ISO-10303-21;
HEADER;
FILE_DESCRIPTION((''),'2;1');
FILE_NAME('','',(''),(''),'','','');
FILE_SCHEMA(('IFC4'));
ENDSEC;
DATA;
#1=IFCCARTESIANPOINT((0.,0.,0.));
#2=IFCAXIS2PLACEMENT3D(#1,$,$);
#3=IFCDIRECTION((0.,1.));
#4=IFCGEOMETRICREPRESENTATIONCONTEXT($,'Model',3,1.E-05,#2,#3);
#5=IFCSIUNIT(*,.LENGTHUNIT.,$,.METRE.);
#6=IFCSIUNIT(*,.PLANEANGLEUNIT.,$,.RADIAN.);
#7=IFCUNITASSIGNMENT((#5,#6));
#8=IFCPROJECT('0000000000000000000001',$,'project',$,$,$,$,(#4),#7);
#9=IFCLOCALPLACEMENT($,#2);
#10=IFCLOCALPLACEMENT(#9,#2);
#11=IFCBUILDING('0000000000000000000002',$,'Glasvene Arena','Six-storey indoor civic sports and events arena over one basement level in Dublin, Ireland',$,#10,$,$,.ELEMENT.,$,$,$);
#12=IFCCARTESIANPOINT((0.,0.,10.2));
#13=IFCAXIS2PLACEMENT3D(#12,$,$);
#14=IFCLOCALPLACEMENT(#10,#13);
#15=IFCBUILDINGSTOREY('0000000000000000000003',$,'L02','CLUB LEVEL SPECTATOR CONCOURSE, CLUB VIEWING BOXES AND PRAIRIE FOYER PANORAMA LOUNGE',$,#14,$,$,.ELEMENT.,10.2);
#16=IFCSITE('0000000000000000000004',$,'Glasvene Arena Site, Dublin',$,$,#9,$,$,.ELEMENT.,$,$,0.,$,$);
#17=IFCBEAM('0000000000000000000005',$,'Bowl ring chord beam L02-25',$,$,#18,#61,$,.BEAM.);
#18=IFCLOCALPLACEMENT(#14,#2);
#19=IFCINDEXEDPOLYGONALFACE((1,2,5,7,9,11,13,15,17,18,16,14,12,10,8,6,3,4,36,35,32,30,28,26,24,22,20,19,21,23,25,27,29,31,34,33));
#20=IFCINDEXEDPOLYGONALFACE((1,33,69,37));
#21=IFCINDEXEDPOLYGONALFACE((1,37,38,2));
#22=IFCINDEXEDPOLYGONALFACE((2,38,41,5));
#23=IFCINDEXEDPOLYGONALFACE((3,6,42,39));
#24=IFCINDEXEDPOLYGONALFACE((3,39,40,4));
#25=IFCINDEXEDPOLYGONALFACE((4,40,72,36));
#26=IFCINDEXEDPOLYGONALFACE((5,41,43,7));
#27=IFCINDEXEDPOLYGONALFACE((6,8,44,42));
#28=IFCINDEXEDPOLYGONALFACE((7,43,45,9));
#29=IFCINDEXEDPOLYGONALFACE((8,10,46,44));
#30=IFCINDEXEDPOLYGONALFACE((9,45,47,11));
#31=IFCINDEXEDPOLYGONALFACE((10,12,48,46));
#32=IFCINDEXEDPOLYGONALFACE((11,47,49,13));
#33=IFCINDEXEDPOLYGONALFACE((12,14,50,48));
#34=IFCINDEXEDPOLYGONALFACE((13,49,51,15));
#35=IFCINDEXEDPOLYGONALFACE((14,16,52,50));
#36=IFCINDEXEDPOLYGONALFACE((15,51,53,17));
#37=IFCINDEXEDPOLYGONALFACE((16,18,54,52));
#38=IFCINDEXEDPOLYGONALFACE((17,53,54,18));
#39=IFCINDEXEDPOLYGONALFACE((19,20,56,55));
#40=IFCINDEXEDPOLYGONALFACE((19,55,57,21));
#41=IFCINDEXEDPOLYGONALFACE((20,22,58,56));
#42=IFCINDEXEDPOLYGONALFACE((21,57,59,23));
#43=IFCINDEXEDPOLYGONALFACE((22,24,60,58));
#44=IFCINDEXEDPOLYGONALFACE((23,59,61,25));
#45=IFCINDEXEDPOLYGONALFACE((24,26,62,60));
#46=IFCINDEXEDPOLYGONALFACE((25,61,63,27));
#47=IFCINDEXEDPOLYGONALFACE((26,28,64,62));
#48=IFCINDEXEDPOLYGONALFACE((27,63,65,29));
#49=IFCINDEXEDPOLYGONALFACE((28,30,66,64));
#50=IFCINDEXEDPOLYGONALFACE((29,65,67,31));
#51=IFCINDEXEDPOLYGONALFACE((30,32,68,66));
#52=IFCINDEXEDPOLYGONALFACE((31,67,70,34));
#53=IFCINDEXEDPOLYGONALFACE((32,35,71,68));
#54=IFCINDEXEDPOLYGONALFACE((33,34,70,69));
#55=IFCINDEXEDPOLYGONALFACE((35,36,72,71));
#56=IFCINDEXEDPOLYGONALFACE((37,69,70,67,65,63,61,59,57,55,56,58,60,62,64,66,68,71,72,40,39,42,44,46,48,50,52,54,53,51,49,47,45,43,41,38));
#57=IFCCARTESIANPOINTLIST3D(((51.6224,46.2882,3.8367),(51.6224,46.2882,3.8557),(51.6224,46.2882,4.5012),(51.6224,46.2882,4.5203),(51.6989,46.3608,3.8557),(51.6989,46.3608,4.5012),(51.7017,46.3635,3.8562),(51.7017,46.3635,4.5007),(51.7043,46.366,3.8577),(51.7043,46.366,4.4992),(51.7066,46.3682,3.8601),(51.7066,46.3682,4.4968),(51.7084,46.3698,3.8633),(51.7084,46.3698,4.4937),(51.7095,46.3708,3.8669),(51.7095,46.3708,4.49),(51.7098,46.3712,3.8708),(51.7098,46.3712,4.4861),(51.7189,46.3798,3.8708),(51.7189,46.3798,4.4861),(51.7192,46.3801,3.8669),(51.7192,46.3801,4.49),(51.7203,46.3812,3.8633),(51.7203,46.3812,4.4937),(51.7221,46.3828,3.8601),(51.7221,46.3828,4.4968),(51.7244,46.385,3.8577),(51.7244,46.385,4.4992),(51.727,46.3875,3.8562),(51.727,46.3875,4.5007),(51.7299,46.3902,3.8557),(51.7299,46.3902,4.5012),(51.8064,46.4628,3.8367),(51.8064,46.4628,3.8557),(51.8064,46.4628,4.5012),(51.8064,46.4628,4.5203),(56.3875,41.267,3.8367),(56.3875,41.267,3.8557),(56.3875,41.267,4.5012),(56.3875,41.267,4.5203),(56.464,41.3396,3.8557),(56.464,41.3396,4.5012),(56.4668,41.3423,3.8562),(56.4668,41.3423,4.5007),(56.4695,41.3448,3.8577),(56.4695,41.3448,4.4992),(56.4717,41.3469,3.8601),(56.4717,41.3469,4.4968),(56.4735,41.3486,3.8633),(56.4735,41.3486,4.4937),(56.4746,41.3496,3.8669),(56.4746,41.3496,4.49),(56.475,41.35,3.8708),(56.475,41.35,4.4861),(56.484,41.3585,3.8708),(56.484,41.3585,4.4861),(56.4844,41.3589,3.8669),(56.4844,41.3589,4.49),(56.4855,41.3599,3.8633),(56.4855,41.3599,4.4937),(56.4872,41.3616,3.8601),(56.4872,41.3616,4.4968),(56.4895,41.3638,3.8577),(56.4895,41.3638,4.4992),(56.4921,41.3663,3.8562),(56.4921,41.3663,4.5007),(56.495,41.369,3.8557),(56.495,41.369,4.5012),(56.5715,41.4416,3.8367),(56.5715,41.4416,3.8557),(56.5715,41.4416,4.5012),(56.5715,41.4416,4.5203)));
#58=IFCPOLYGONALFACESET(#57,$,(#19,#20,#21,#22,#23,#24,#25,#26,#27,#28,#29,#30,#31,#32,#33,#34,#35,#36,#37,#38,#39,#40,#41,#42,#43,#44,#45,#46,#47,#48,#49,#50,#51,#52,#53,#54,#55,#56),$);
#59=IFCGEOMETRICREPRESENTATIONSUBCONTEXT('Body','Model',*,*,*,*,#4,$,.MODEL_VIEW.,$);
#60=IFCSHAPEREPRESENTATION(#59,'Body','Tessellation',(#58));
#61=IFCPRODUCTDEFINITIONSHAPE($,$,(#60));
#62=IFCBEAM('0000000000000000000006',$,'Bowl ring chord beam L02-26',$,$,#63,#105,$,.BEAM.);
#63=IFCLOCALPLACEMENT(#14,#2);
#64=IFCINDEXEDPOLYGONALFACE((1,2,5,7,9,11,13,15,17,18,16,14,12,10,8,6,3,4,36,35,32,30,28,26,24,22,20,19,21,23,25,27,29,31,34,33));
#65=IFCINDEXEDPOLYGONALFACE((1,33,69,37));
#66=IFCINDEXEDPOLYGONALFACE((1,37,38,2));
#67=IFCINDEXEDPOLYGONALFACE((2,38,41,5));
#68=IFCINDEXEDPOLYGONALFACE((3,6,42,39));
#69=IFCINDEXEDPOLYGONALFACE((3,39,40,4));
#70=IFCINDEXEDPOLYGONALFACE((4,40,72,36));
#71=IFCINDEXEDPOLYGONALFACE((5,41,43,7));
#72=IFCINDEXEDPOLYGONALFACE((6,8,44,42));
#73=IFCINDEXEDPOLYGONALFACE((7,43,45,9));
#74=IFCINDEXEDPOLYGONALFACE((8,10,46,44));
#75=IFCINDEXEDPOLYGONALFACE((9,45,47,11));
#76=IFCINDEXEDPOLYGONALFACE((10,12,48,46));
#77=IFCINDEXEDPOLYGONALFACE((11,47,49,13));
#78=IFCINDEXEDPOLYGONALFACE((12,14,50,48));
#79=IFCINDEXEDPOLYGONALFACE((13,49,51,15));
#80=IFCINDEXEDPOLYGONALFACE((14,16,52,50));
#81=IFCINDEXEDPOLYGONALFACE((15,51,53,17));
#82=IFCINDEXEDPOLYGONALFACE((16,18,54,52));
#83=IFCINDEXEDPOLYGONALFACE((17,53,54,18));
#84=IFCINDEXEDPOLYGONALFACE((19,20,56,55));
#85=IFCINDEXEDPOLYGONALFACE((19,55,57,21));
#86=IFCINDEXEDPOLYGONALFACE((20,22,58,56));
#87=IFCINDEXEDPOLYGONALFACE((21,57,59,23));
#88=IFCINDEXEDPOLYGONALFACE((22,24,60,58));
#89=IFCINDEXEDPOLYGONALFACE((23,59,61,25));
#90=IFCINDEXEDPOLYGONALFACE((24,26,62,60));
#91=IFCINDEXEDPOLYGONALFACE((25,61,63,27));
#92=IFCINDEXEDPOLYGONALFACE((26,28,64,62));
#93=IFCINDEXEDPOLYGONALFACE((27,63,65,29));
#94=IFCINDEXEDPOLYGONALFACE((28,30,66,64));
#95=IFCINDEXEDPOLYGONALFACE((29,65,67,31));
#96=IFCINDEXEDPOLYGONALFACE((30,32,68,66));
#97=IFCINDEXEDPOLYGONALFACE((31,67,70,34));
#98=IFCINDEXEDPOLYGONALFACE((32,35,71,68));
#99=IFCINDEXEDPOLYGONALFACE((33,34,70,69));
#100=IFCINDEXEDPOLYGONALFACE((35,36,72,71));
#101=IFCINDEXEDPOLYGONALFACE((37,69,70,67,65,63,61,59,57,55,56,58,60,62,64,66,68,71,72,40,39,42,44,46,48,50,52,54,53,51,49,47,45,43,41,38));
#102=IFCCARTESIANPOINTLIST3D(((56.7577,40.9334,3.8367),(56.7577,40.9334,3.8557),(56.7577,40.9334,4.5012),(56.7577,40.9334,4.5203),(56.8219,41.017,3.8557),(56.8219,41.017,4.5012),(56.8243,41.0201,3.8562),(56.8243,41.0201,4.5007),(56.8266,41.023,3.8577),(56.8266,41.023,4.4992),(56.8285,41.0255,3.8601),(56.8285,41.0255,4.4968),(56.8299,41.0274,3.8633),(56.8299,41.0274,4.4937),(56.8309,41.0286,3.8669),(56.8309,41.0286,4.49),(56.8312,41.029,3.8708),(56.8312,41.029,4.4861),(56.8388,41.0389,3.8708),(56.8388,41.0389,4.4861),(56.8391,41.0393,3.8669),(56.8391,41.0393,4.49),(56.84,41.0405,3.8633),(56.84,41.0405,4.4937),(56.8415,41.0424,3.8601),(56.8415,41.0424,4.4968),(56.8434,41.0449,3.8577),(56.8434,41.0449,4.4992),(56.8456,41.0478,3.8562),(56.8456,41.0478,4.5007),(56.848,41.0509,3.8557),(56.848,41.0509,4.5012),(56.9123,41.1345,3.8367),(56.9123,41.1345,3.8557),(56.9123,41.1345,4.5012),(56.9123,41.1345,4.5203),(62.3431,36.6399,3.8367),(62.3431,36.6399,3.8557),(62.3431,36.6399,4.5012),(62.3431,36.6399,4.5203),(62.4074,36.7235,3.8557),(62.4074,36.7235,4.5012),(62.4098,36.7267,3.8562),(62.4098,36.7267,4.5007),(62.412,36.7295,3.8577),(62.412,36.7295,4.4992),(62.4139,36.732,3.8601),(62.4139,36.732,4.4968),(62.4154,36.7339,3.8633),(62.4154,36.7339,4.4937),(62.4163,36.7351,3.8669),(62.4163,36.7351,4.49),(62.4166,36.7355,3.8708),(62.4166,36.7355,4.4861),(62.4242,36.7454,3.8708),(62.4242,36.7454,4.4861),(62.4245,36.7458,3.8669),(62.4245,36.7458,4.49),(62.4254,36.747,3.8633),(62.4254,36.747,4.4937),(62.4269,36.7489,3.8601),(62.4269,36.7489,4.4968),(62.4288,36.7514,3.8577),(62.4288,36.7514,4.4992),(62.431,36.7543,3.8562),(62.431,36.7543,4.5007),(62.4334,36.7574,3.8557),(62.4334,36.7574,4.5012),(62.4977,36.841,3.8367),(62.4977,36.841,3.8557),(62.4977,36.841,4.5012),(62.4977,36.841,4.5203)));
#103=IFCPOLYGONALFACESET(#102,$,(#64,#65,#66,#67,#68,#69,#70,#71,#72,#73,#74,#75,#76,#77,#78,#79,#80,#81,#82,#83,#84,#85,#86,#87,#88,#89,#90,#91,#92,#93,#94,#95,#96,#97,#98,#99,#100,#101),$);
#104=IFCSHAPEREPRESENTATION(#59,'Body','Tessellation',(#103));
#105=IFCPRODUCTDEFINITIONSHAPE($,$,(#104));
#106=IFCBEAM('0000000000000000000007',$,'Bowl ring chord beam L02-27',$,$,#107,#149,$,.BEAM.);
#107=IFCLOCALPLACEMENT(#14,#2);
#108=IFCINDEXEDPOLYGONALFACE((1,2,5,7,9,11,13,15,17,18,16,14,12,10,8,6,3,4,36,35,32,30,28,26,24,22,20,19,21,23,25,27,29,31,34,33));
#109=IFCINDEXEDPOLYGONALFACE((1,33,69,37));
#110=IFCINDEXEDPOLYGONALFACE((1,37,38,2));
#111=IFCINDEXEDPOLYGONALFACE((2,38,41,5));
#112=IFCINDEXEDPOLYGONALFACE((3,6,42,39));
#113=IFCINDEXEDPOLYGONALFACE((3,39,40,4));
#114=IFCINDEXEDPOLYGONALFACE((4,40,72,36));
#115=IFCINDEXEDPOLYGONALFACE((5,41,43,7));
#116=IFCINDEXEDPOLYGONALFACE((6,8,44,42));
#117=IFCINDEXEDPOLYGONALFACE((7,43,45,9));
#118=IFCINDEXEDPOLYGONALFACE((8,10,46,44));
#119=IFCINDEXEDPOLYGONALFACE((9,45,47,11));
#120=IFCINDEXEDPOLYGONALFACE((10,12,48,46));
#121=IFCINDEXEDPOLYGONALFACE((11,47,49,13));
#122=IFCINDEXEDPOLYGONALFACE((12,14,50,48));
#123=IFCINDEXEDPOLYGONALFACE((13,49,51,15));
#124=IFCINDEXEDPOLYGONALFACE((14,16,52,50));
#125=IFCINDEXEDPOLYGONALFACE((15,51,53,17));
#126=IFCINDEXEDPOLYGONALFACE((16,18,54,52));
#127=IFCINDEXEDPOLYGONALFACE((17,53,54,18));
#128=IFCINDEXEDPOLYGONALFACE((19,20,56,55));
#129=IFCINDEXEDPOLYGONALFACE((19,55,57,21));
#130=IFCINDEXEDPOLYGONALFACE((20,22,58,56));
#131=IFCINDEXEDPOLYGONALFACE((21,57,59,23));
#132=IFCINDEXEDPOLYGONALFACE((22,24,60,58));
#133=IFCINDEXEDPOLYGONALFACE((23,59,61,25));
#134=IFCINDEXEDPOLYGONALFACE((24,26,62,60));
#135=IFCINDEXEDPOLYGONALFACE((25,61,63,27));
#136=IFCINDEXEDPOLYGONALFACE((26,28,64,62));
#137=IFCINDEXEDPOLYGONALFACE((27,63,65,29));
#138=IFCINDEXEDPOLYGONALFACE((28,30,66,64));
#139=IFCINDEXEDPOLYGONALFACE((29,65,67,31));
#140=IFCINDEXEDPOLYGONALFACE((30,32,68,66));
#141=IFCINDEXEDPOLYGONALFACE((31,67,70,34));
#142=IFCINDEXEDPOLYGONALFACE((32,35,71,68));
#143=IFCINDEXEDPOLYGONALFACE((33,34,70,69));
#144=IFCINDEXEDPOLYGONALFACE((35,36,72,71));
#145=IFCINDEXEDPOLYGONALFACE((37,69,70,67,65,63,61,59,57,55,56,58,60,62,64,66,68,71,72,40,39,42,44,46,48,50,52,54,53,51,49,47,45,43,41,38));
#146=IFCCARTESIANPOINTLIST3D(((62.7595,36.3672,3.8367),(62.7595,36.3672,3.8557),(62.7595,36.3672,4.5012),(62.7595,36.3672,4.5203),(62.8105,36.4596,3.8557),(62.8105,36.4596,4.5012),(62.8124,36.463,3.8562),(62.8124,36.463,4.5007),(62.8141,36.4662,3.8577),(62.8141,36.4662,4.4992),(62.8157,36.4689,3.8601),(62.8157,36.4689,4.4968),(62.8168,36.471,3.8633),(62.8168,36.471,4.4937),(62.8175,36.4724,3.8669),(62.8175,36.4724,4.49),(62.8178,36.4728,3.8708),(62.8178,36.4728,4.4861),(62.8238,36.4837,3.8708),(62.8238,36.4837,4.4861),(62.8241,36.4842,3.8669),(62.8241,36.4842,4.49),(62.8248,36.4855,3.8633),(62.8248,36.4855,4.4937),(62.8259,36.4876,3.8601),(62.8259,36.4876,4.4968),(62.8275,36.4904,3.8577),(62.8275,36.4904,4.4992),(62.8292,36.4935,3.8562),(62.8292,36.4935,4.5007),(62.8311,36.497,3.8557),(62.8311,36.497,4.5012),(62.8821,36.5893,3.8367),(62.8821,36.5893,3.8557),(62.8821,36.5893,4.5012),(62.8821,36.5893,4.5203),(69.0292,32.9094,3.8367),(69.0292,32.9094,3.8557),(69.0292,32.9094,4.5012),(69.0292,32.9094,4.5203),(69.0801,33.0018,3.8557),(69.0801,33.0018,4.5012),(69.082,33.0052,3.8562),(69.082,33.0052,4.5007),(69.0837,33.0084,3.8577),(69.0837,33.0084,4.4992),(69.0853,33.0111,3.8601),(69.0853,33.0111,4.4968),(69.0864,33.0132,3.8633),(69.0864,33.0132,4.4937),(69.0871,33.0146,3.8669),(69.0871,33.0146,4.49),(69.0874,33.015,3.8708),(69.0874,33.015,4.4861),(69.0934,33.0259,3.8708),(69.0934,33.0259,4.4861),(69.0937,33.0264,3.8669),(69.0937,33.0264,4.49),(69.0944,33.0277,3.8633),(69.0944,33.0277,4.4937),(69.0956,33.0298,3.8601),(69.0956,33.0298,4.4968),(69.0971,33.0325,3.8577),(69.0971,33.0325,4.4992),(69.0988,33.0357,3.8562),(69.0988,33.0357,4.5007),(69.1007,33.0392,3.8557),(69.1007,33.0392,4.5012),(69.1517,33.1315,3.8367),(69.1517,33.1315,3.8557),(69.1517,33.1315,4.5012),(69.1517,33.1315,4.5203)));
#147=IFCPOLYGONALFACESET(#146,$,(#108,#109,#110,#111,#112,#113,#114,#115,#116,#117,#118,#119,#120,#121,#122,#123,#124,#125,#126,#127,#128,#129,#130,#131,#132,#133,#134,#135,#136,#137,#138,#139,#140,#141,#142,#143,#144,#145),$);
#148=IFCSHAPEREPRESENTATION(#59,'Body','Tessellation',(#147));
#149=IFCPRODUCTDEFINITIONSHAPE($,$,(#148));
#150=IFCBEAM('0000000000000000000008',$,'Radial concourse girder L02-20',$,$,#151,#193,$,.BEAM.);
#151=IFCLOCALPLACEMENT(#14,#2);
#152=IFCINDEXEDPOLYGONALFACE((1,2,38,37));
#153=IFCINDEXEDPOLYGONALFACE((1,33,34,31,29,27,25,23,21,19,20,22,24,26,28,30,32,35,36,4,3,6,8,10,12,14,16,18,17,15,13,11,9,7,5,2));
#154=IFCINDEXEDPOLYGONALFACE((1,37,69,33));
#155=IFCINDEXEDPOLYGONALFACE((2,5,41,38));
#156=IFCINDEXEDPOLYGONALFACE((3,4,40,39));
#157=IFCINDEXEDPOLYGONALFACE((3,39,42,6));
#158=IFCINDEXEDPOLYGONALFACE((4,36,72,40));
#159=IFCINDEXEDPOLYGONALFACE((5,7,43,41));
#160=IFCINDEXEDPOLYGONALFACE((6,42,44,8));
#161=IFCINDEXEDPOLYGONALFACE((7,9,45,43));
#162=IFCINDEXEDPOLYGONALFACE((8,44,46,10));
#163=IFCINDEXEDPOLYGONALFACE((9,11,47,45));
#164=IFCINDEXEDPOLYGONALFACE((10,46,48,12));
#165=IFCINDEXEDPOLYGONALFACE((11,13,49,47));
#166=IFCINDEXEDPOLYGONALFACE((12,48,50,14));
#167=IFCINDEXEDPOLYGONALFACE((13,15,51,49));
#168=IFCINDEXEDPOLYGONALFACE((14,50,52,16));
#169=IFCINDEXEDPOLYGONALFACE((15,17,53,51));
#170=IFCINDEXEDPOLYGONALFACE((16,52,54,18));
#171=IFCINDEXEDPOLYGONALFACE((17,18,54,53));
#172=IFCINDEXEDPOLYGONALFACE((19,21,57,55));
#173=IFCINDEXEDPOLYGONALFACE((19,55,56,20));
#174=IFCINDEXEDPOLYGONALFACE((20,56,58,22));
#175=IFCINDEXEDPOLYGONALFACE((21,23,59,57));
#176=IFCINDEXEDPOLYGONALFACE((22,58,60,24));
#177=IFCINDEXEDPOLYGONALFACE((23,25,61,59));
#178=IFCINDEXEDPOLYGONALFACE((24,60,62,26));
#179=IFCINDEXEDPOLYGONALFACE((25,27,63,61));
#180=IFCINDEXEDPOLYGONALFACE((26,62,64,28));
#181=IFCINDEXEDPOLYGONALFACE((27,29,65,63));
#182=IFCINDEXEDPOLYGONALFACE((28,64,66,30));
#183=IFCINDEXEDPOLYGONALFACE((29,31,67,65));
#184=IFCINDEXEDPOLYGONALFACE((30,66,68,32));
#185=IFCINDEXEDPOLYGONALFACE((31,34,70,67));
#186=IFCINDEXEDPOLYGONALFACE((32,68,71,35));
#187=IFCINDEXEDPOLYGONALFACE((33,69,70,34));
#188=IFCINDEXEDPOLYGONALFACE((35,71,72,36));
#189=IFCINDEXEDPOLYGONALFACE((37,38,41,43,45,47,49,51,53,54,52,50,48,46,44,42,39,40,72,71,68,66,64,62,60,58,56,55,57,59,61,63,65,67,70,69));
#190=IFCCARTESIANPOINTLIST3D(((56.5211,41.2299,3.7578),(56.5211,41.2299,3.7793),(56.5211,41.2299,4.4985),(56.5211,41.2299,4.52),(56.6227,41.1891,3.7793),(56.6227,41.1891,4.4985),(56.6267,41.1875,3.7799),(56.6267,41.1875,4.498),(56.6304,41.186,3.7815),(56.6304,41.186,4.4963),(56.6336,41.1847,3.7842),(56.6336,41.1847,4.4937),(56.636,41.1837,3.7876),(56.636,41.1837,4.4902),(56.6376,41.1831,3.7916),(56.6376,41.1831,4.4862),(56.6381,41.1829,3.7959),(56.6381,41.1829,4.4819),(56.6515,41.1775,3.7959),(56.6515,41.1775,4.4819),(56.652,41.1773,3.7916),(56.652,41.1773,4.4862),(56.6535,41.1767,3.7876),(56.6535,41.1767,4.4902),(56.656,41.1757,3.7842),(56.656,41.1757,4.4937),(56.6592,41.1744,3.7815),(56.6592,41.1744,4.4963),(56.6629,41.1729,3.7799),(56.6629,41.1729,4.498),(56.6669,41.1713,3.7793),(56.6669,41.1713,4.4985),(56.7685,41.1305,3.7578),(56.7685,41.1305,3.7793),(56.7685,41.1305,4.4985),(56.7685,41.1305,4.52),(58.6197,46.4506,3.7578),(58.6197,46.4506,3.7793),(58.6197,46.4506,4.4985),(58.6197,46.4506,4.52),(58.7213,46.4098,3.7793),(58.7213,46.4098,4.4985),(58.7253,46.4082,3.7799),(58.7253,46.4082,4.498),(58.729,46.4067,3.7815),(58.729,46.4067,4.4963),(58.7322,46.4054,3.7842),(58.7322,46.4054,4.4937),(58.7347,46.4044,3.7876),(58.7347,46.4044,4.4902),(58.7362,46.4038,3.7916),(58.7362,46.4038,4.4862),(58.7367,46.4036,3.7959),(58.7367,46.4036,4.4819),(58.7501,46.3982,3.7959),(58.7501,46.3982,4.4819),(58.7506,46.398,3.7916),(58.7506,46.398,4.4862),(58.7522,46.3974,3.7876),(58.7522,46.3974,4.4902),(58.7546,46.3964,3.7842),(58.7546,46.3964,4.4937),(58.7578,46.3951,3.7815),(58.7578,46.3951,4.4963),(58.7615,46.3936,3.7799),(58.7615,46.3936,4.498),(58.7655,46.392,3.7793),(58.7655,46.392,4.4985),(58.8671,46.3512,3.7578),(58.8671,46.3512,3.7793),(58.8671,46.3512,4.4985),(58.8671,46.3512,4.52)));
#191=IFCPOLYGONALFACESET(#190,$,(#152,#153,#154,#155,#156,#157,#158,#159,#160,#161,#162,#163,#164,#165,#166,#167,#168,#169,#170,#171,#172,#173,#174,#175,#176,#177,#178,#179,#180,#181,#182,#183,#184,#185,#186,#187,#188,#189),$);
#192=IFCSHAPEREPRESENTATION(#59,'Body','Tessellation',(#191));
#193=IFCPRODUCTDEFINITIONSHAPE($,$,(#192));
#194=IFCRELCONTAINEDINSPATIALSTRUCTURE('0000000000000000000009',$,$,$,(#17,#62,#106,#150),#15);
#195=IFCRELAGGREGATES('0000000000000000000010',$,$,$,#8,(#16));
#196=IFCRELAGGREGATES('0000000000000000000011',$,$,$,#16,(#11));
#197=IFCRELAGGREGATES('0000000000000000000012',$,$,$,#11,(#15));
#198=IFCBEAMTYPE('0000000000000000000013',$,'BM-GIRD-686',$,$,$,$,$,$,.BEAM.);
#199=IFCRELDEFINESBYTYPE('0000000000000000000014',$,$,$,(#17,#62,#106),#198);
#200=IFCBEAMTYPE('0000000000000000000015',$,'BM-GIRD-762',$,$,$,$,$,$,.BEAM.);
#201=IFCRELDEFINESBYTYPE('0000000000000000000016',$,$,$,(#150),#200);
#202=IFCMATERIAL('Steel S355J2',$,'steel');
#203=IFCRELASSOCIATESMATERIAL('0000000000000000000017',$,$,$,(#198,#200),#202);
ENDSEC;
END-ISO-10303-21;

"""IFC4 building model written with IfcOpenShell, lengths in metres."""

from ifc_helpers import new_model, si_unit, direction, frame, origin, origin_2d, place, context, subcontext, project, spatial, i_section, extrude, material, material_profile, profile_set, type_object, element, save


model = new_model("IFC4")

# Units and contexts
model_context = context("Model", 3, precision=1e-05, world=origin(), true_north=direction((0.0, 1.0)))
body_context = subcontext(model_context, "Body", "Model", "MODEL_VIEW")
ifc_project = project(units=[si_unit("LENGTHUNIT", "METRE"), si_unit("PLANEANGLEUNIT", "RADIAN")], contexts=[model_context])

# Site, building, storey
site_placement = place(None, origin())
site = spatial("IfcSite", under=ifc_project, at=site_placement, Name="Glasvene Arena Site, Dublin", CompositionType="ELEMENT", RefElevation=0.0)
building_placement = place(site_placement, origin())
building = spatial("IfcBuilding", under=site, at=building_placement, Name="Glasvene Arena", Description="Six-storey indoor civic sports and events arena over one basement level in Dublin, Ireland", CompositionType="ELEMENT")
storey_placement = place(building_placement, frame((0.0, 0.0, 10.2)))
storey = spatial("IfcBuildingStorey", under=building, at=storey_placement, Name="L02", Description="CLUB LEVEL SPECTATOR CONCOURSE, CLUB VIEWING BOXES AND PRAIRIE FOYER PANORAMA LOUNGE", CompositionType="ELEMENT", Elevation=10.2)

# Shared definitions
ifc_material_1 = material(Name="Steel S355J2", Category="steel")

# Beams
ifc_material_profile_1 = material_profile(ifc_material_1, i_section(OverallWidth=0.2537, OverallDepth=0.6836, WebThickness=0.0125, FlangeThickness=0.019, FilletRadius=0.0151, at=origin_2d()), Name="UKB 686x254x140")
ifc_profile_set_1 = profile_set([ifc_material_profile_1], Name="Steel S355J2")
beam_type_1 = type_object("IfcBeamType", Name="BM-GIRD-686", PredefinedType="BEAM", material=ifc_profile_set_1)
beam_1_placement = place(storey_placement, frame((51.7144, 46.3755, 4.1785), z_axis=(0.688367, -0.725363, 0.0), x_axis=(0.725363, 0.688367, 0.0)))
element("IfcBeam", 1, at=beam_1_placement, inside=storey, type_object=beam_type_1, Name="Bowl ring chord beam L02-25", PredefinedType="BEAM", context=body_context, shape_type="SweptSolid", body=[
    extrude(i_section(OverallWidth=0.2537, OverallDepth=0.6836, WebThickness=0.0125, FlangeThickness=0.019, FilletRadius=0.0151, at=origin_2d()), origin(), (0.0, 0.0, 1.0), 6.9224),
])
beam_2_placement = place(storey_placement, frame((56.835, 41.0339, 4.1785), z_axis=(0.792833, -0.609439, 0.0), x_axis=(0.609439, 0.792833, 0.0)))
element("IfcBeam", 2, at=beam_2_placement, inside=storey, type_object=beam_type_1, Name="Bowl ring chord beam L02-26", PredefinedType="BEAM", context=body_context, shape_type="SweptSolid", body=[
    extrude(i_section(OverallWidth=0.2537, OverallDepth=0.6836, WebThickness=0.0125, FlangeThickness=0.019, FilletRadius=0.0151, at=origin_2d()), origin(), (0.0, 0.0, 1.0), 7.0449),
])
beam_3_placement = place(storey_placement, frame((62.8208, 36.4783, 4.1785), z_axis=(0.875654, -0.482939, 0.0), x_axis=(0.482939, 0.875654, 0.0)))
element("IfcBeam", 3, at=beam_3_placement, inside=storey, type_object=beam_type_1, Name="Bowl ring chord beam L02-27", PredefinedType="BEAM", context=body_context, shape_type="SweptSolid", body=[
    extrude(i_section(OverallWidth=0.2537, OverallDepth=0.6836, WebThickness=0.0125, FlangeThickness=0.019, FilletRadius=0.0151, at=origin_2d()), origin(), (0.0, 0.0, 1.0), 7.1599),
])
ifc_material_profile_2 = material_profile(ifc_material_1, i_section(OverallWidth=0.2666, OverallDepth=0.7622, WebThickness=0.0144, FlangeThickness=0.0215, FilletRadius=0.0166, at=origin_2d()), Name="UKB 762x267x173")
ifc_profile_set_2 = profile_set([ifc_material_profile_2], Name="Steel S355J2")
beam_type_2 = type_object("IfcBeamType", Name="BM-GIRD-762", PredefinedType="BEAM", material=ifc_profile_set_2)
beam_4_placement = place(storey_placement, frame((58.7434, 46.4009, 4.1389), z_axis=(-0.372976, -0.927841, 0.0), x_axis=(0.927841, -0.372976, 0.0)))
element("IfcBeam", 4, at=beam_4_placement, inside=storey, type_object=beam_type_2, Name="Radial concourse girder L02-20", PredefinedType="BEAM", context=body_context, shape_type="SweptSolid", body=[
    extrude(i_section(OverallWidth=0.2666, OverallDepth=0.7622, WebThickness=0.0144, FlangeThickness=0.0215, FilletRadius=0.0166, at=origin_2d()), origin(), (0.0, 0.0, 1.0), 5.6267),
])

save(model, "model.ifc")
